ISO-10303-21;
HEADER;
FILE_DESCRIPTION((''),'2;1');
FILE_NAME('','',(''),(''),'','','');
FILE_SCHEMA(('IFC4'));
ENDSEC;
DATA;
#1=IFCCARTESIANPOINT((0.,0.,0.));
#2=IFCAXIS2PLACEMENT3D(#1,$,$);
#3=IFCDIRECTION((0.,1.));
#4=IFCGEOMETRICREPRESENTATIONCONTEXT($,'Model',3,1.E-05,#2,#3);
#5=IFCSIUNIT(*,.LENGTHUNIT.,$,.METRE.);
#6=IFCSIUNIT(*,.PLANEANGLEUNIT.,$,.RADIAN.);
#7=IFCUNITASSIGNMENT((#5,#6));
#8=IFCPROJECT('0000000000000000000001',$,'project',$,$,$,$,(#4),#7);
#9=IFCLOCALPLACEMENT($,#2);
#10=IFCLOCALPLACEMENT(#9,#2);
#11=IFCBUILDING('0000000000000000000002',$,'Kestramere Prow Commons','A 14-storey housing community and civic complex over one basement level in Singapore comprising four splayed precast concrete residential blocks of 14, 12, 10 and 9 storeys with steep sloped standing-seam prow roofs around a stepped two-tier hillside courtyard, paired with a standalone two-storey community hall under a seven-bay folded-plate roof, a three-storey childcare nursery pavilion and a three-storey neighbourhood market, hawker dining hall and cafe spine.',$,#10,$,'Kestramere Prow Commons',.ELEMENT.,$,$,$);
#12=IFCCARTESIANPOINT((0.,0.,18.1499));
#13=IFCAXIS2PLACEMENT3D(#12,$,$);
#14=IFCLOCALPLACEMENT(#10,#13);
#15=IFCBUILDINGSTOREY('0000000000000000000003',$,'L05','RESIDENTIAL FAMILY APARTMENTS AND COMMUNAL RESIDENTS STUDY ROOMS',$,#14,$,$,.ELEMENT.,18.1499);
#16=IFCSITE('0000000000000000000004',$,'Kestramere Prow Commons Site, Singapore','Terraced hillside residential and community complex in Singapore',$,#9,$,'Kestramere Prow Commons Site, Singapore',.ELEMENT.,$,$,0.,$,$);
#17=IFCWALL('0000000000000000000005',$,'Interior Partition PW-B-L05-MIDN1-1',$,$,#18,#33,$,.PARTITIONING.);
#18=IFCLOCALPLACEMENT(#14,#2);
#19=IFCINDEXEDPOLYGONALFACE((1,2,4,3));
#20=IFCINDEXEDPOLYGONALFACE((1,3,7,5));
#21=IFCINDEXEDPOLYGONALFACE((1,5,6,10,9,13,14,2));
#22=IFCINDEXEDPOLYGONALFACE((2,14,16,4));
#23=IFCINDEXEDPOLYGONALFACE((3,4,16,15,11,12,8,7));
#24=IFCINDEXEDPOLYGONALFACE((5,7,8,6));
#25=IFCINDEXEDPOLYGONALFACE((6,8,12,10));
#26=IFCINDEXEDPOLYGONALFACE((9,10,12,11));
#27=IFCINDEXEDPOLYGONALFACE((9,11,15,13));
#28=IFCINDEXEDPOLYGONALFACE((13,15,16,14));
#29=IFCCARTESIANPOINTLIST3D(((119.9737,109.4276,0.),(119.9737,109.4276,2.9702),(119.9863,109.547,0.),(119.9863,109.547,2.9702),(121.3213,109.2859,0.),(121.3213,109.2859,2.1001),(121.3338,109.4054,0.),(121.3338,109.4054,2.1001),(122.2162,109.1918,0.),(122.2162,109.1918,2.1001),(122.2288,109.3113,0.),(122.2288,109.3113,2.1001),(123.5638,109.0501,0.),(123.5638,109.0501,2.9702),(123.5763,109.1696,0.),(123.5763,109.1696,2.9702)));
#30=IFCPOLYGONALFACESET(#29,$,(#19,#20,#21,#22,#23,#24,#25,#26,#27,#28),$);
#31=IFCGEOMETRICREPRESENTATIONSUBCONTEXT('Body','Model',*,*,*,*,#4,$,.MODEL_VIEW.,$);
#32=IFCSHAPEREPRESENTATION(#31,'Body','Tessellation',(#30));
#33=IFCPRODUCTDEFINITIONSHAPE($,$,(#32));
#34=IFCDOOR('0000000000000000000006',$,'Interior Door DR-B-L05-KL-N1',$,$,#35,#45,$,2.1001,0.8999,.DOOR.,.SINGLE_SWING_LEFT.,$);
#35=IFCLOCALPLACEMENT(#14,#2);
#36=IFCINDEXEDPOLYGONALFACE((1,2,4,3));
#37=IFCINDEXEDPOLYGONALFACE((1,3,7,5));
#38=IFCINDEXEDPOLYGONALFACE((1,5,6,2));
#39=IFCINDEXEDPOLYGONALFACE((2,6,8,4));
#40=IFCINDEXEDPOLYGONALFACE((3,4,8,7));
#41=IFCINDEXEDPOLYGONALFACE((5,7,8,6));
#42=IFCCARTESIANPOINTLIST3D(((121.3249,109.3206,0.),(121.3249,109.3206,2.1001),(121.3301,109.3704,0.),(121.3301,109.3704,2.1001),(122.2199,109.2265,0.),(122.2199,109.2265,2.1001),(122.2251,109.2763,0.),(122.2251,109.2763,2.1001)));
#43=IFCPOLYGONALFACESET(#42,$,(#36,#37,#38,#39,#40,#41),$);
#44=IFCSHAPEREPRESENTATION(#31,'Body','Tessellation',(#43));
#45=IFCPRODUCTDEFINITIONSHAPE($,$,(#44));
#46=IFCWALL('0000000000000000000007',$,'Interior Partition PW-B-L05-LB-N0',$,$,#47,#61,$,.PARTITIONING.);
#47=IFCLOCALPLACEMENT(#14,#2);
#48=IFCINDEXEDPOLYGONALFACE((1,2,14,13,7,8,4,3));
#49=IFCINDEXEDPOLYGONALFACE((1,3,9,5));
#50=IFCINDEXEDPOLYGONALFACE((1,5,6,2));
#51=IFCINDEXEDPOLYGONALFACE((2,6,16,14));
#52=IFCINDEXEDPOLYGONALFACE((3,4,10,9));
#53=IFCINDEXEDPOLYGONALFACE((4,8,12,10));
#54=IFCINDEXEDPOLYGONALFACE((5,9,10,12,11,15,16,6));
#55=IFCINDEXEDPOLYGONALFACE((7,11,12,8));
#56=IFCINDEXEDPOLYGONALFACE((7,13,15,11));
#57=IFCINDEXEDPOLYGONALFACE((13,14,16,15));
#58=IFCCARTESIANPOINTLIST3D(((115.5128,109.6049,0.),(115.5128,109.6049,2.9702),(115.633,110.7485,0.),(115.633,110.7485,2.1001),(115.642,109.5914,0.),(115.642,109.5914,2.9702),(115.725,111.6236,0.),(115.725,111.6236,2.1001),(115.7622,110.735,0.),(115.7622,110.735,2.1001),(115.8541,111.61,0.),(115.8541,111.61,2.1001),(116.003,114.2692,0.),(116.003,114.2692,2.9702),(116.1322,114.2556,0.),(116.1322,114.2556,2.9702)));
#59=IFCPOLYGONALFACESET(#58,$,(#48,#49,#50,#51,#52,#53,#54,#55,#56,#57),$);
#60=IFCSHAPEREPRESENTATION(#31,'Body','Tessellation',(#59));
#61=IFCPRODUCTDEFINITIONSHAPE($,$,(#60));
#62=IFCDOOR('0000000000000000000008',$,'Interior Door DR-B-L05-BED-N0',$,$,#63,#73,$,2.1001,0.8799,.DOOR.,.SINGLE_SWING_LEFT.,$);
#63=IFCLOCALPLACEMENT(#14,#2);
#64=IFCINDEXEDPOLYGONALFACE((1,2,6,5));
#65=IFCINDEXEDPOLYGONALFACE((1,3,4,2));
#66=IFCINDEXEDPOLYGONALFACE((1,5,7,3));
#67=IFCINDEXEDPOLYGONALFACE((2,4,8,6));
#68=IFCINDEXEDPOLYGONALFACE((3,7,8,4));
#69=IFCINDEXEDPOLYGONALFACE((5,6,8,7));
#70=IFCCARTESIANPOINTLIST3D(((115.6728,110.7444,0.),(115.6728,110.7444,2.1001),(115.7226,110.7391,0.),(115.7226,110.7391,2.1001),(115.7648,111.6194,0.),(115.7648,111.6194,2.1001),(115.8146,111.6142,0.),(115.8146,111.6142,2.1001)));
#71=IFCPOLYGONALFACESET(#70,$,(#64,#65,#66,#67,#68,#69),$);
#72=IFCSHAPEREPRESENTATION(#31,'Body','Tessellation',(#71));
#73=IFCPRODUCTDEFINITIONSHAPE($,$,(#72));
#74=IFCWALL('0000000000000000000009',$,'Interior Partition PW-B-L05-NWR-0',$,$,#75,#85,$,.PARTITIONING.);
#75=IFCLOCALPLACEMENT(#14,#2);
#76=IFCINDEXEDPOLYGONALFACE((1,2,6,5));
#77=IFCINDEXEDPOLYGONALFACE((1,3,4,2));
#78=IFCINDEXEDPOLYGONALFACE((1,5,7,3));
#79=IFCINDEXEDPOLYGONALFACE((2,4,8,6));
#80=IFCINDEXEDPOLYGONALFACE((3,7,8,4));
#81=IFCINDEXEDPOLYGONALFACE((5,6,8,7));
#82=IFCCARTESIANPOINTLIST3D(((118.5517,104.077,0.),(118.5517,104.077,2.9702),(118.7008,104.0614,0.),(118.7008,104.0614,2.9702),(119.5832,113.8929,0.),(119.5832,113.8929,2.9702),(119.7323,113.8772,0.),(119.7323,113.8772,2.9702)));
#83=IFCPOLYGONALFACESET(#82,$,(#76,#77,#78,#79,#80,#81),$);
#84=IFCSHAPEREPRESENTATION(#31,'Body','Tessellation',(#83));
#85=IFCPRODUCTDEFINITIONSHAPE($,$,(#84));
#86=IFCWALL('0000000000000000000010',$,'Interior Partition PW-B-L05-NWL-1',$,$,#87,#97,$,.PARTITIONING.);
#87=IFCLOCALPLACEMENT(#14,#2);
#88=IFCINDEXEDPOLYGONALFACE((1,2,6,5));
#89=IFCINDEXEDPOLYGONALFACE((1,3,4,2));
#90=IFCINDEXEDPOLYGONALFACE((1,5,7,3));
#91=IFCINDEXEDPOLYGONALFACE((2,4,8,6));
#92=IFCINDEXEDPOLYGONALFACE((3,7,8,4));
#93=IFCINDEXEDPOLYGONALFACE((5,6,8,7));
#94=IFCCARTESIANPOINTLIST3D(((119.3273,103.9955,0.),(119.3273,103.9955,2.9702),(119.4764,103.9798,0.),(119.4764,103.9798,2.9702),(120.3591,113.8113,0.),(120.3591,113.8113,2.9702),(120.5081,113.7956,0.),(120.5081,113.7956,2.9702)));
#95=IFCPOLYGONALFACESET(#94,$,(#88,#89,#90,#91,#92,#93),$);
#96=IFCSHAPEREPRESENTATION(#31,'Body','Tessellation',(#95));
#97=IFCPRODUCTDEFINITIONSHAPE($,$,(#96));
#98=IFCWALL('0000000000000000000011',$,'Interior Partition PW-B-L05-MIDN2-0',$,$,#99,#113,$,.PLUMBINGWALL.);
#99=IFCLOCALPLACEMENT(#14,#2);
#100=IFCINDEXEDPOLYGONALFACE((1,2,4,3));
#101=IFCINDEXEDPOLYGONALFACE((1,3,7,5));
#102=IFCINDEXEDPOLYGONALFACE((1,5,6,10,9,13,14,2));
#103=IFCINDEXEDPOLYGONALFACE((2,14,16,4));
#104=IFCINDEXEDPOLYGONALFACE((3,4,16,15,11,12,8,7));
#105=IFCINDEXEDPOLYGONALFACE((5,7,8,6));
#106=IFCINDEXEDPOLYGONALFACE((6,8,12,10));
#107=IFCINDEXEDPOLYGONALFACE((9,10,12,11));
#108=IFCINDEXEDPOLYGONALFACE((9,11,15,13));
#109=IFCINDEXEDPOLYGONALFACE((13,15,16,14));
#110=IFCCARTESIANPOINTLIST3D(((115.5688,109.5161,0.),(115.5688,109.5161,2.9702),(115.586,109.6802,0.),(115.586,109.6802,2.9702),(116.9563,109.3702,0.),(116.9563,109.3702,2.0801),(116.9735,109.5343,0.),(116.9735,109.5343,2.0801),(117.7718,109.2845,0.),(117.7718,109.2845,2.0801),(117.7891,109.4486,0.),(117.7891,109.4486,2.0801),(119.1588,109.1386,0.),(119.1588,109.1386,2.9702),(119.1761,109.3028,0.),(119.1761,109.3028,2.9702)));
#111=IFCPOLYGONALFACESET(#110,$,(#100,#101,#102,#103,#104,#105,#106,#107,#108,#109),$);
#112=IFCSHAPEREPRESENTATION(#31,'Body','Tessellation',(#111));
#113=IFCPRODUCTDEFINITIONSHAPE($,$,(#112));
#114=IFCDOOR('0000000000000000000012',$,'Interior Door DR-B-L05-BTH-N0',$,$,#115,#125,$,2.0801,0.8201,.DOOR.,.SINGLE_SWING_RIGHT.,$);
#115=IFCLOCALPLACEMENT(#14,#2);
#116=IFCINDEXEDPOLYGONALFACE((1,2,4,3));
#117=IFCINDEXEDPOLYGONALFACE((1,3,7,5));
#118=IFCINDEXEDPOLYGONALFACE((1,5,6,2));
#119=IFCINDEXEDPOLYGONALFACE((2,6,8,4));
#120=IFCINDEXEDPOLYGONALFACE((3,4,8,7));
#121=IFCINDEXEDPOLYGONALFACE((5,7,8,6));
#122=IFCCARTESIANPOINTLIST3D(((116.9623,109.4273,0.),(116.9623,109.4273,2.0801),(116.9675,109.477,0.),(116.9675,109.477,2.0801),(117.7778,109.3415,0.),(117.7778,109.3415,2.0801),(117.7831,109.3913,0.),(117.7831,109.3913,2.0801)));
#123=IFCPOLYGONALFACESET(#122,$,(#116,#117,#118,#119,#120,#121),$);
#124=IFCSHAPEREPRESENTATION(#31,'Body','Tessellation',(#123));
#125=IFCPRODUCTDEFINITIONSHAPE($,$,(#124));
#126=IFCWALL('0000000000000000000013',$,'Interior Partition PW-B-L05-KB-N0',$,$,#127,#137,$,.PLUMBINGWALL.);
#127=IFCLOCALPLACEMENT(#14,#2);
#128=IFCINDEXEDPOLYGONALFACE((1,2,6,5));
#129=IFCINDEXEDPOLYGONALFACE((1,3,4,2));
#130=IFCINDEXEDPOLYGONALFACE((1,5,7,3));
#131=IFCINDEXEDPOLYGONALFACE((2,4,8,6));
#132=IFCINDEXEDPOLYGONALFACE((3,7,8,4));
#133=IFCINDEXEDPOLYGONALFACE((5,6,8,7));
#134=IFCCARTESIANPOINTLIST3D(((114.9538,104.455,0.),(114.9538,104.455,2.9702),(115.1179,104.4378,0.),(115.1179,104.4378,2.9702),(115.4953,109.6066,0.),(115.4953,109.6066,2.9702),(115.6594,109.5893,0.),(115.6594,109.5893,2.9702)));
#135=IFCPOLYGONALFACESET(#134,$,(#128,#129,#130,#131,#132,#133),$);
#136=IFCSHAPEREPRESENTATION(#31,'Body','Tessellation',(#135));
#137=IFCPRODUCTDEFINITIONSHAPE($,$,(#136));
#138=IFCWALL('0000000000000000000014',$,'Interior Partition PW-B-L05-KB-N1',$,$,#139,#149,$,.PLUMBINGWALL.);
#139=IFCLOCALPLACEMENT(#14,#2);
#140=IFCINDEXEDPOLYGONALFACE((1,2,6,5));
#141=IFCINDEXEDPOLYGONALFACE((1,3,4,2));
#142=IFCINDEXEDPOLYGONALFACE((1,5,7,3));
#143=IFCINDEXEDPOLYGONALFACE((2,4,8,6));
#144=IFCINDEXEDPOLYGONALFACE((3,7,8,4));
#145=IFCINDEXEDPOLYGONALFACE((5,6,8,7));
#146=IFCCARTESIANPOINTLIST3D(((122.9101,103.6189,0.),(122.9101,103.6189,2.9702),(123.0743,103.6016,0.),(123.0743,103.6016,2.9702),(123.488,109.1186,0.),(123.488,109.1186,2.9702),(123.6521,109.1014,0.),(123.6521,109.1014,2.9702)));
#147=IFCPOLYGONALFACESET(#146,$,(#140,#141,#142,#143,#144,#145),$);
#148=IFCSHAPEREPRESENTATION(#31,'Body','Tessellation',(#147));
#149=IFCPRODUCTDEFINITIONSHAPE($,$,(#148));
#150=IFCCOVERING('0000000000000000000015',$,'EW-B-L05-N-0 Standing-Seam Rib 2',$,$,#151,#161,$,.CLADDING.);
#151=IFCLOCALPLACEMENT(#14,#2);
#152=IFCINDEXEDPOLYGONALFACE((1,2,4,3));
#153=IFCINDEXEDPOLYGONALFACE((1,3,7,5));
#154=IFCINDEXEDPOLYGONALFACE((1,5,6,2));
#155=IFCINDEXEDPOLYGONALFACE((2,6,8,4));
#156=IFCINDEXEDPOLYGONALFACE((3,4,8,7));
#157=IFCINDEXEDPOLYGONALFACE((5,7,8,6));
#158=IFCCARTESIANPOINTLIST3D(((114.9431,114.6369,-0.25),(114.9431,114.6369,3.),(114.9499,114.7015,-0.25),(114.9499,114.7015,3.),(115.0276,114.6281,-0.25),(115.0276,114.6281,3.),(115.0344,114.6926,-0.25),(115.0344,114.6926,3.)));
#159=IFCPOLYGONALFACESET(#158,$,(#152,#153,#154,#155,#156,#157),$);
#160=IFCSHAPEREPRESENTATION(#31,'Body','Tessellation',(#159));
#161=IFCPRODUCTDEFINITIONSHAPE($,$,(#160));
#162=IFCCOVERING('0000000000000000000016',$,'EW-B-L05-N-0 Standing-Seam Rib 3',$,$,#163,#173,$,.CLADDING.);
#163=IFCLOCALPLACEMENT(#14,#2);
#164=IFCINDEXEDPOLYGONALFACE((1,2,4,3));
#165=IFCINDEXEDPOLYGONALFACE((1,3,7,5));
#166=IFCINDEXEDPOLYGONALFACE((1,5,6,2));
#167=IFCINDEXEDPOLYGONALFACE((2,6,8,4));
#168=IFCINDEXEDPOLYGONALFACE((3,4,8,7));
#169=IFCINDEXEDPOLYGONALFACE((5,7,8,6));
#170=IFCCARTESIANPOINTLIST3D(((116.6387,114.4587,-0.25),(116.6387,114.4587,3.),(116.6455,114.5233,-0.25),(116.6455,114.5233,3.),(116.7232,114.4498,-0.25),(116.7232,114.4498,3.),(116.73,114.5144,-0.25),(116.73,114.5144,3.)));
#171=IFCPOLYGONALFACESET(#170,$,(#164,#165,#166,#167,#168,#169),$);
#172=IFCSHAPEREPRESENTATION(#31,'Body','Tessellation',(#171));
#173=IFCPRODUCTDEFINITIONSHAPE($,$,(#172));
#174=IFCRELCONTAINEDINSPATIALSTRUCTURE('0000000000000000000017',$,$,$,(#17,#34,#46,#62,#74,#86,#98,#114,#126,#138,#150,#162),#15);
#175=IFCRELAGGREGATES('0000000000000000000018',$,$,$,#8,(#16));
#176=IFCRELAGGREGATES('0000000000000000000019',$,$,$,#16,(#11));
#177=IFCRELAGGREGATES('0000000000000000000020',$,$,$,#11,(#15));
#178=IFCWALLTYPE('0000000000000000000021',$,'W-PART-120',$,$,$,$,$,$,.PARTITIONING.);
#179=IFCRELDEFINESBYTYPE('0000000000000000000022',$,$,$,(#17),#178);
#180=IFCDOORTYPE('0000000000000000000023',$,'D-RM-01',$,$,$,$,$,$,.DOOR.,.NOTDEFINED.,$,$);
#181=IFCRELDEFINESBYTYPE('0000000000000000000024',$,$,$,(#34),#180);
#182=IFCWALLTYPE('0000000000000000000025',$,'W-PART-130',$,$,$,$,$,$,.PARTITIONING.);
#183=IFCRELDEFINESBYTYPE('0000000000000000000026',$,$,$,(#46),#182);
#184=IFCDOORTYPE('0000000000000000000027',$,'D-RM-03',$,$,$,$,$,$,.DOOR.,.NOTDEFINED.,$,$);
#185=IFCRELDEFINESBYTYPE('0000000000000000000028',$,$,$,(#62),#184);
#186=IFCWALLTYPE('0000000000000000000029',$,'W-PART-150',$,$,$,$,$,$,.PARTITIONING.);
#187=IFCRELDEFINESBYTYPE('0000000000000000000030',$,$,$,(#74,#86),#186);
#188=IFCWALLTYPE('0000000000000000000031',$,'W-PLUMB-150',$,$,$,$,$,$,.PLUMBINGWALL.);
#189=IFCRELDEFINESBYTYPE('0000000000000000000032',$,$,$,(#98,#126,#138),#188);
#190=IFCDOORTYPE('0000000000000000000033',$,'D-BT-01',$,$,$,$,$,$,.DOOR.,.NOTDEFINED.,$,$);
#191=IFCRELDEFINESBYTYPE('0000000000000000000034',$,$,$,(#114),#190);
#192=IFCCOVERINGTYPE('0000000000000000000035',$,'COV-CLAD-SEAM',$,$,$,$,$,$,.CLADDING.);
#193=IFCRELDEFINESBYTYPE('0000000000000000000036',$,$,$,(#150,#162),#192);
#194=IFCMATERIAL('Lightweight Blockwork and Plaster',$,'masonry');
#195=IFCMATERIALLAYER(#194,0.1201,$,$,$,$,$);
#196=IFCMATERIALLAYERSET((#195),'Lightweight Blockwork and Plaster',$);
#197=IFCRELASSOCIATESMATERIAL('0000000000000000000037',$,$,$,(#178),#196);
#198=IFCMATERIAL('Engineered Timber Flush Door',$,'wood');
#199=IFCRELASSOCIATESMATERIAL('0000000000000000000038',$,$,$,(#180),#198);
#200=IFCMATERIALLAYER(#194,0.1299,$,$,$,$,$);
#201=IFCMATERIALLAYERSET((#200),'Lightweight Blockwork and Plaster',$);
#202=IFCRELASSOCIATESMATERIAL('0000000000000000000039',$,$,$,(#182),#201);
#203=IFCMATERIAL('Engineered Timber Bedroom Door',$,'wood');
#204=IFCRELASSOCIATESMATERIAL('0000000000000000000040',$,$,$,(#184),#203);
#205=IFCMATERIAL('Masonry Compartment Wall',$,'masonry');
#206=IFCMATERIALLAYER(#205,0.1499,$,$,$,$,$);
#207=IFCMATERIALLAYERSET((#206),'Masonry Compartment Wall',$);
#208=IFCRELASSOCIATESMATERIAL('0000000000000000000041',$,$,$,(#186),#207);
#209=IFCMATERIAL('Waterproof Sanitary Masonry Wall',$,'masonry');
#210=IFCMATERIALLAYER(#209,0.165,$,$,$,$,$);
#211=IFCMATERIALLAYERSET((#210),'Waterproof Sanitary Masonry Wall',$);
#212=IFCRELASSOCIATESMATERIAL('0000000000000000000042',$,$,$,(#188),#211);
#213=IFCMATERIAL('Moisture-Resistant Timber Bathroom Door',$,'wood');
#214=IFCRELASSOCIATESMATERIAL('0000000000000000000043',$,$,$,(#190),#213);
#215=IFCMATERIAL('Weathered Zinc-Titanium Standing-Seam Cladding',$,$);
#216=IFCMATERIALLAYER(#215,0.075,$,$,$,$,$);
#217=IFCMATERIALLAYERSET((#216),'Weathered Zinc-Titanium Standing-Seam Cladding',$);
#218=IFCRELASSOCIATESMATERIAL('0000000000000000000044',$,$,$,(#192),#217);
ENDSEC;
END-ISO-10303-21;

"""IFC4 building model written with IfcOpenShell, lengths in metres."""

from ifc_helpers import new_model, si_unit, direction, frame, frame_2d, origin, origin_2d, place, context, subcontext, project, spatial, rectangle, extrude, material, layer, layer_set, type_object, element, fill, save


model = new_model("IFC4")

# Units and contexts
model_context = context("Model", 3, precision=1e-05, world=origin(), true_north=direction((0.0, 1.0)))
body_context = subcontext(model_context, "Body", "Model", "MODEL_VIEW")
ifc_project = project(units=[si_unit("LENGTHUNIT", "METRE"), si_unit("PLANEANGLEUNIT", "RADIAN")], contexts=[model_context])

# Site, building, storey
site_placement = place(None, origin())
site = spatial("IfcSite", under=ifc_project, at=site_placement, Name="Kestramere Prow Commons Site, Singapore", Description="Terraced hillside residential and community complex in Singapore", LongName="Kestramere Prow Commons Site, Singapore", CompositionType="ELEMENT", RefElevation=0.0)
building_placement = place(site_placement, origin())
building = spatial("IfcBuilding", under=site, at=building_placement, Name="Kestramere Prow Commons", Description="A 14-storey housing community and civic complex over one basement level in Singapore comprising four splayed precast concrete residential blocks of 14, 12, 10 and 9 storeys with steep sloped standing-seam prow roofs around a stepped two-tier hillside courtyard, paired with a standalone two-storey community hall under a seven-bay folded-plate roof, a three-storey childcare nursery pavilion and a three-storey neighbourhood market, hawker dining hall and cafe spine.", LongName="Kestramere Prow Commons", CompositionType="ELEMENT")
storey_placement = place(building_placement, frame((0.0, 0.0, 18.1499)))
storey = spatial("IfcBuildingStorey", under=building, at=storey_placement, Name="L05", Description="RESIDENTIAL FAMILY APARTMENTS AND COMMUNAL RESIDENTS STUDY ROOMS", CompositionType="ELEMENT", Elevation=18.1499)

# Walls, openings, doors
ifc_material_1 = material(Name="Lightweight Blockwork and Plaster", Category="masonry")
ifc_layer_1 = layer(ifc_material_1, 0.1201)
ifc_layer_set_1 = layer_set([ifc_layer_1], Name="Lightweight Blockwork and Plaster")
wall_type_1 = type_object("IfcWallType", Name="W-PART-120", PredefinedType="PARTITIONING", material=ifc_layer_set_1)
wall_1_placement = place(storey_placement, frame((119.98, 109.4873, 0.0), z_axis=(0.0, 0.0, 1.0), x_axis=(0.994519, -0.104558, 0.0)))
wall_1 = element("IfcWall", 1, at=wall_1_placement, inside=storey, type_object=wall_type_1, Name="Interior Partition PW-B-L05-MIDN1-1", PredefinedType="PARTITIONING", context=body_context, shape_type="SweptSolid", body=[
    extrude(rectangle(XDim=3.6099, YDim=0.1201, at=frame_2d((1.8049, 0.0))), origin(), (0.0, 0.0, 1.0), 2.9702),
])
opening_1_placement = place(wall_1_placement, frame((1.355, 0.0, 0.0)))
opening_1 = element("IfcOpeningElement", 2, at=opening_1_placement, cuts=wall_1, PredefinedType="OPENING", context=body_context, shape_type="SweptSolid", body=[
    extrude(rectangle(XDim=0.8999, YDim=2.1001, at=frame_2d((0.45, 1.05))), frame((0.0, 0.075, 0.0), z_axis=(0.0, -1.0, 0.0), x_axis=(1.0, 0.0, 0.0)), (0.0, 0.0, 1.0), 0.1501),
])
ifc_material_2 = material(Name="Engineered Timber Flush Door", Category="wood")
door_type_1 = type_object("IfcDoorType", Name="D-RM-01", OperationType="NOTDEFINED", PredefinedType="DOOR", material=ifc_material_2)
door_1_placement = place(opening_1_placement, origin())
door_1 = element("IfcDoor", 3, at=door_1_placement, inside=storey, type_object=door_type_1, Name="Interior Door DR-B-L05-KL-N1", OperationType="SINGLE_SWING_LEFT", OverallHeight=2.1001, OverallWidth=0.8999, PredefinedType="DOOR", context=body_context, shape_type="SweptSolid", body=[
    extrude(rectangle(XDim=0.8999, YDim=2.1001, at=frame_2d((0.45, 1.05))), frame((0.0, 0.0249, 0.0), z_axis=(0.0, -1.0, 0.0), x_axis=(1.0, 0.0, 0.0)), (0.0, 0.0, 1.0), 0.05),
])
fill(opening_1, door_1)
ifc_layer_2 = layer(ifc_material_1, 0.1299)
ifc_layer_set_2 = layer_set([ifc_layer_2], Name="Lightweight Blockwork and Plaster")
wall_type_2 = type_object("IfcWallType", Name="W-PART-130", PredefinedType="PARTITIONING", material=ifc_layer_set_2)
wall_2_placement = place(storey_placement, frame((115.5774, 109.5981, 0.0), z_axis=(0.0, 0.0, 1.0), x_axis=(0.104528, 0.994522, 0.0)))
wall_2 = element("IfcWall", 4, at=wall_2_placement, inside=storey, type_object=wall_type_2, Name="Interior Partition PW-B-L05-LB-N0", PredefinedType="PARTITIONING", context=body_context, shape_type="SweptSolid", body=[
    extrude(rectangle(XDim=4.6899, YDim=0.1299, at=frame_2d((2.345, 0.0))), origin(), (0.0, 0.0, 1.0), 2.9702),
])
opening_2_placement = place(wall_2_placement, frame((1.1499, 0.0, 0.0)))
opening_2 = element("IfcOpeningElement", 5, at=opening_2_placement, cuts=wall_2, PredefinedType="OPENING", context=body_context, shape_type="SweptSolid", body=[
    extrude(rectangle(XDim=0.8799, YDim=2.1001, at=frame_2d((0.4399, 1.05))), frame((0.0, 0.0798, 0.0), z_axis=(0.0, -1.0, 0.0), x_axis=(1.0, 0.0, 0.0)), (0.0, 0.0, 1.0), 0.1599),
])
ifc_material_3 = material(Name="Engineered Timber Bedroom Door", Category="wood")
door_type_2 = type_object("IfcDoorType", Name="D-RM-03", OperationType="NOTDEFINED", PredefinedType="DOOR", material=ifc_material_3)
door_2_placement = place(opening_2_placement, origin())
door_2 = element("IfcDoor", 6, at=door_2_placement, inside=storey, type_object=door_type_2, Name="Interior Door DR-B-L05-BED-N0", OperationType="SINGLE_SWING_LEFT", OverallHeight=2.1001, OverallWidth=0.8799, PredefinedType="DOOR", context=body_context, shape_type="SweptSolid", body=[
    extrude(rectangle(XDim=0.8799, YDim=2.1001, at=frame_2d((0.4399, 1.05))), frame((0.0, 0.0249, 0.0), z_axis=(0.0, -1.0, 0.0), x_axis=(1.0, 0.0, 0.0)), (0.0, 0.0, 1.0), 0.05),
])
fill(opening_2, door_2)

# Walls
ifc_material_4 = material(Name="Masonry Compartment Wall", Category="masonry")
ifc_layer_3 = layer(ifc_material_4, 0.1499)
ifc_layer_set_3 = layer_set([ifc_layer_3], Name="Masonry Compartment Wall")
wall_type_3 = type_object("IfcWallType", Name="W-PART-150", PredefinedType="PARTITIONING", material=ifc_layer_set_3)
for number, where, z_axis, x_axis, name in (
    (7, (118.6262, 104.0691, 0.0), (0.0, 0.0, 1.0), (0.104508, 0.994524, 0.0), "Interior Partition PW-B-L05-NWR-0"),
    (8, (119.4019, 103.9875, 0.0), (0.0, 0.0, 1.0), (0.104533, 0.994521, 0.0), "Interior Partition PW-B-L05-NWL-1"),
):
    element("IfcWall", number, at=place(storey_placement, frame(where, z_axis=z_axis, x_axis=x_axis)), inside=storey, type_object=wall_type_3, Name=name, PredefinedType="PARTITIONING", context=body_context, shape_type="SweptSolid", body=[
        extrude(rectangle(XDim=9.8699, YDim=0.1499, at=frame_2d((4.9351, 0.0))), origin(), (0.0, 0.0, 1.0), 2.9702),
    ])

# Wall, opening, door
ifc_material_5 = material(Name="Waterproof Sanitary Masonry Wall", Category="masonry")
ifc_layer_4 = layer(ifc_material_5, 0.165)
ifc_layer_set_4 = layer_set([ifc_layer_4], Name="Waterproof Sanitary Masonry Wall")
wall_type_4 = type_object("IfcWallType", Name="W-PLUMB-150", PredefinedType="PLUMBINGWALL", material=ifc_layer_set_4)
wall_3_placement = place(storey_placement, frame((115.5774, 109.5981, 0.0), z_axis=(0.0, 0.0, 1.0), x_axis=(0.994519, -0.104558, 0.0)))
wall_3 = element("IfcWall", 9, at=wall_3_placement, inside=storey, type_object=wall_type_4, Name="Interior Partition PW-B-L05-MIDN2-0", PredefinedType="PLUMBINGWALL", context=body_context, shape_type="SweptSolid", body=[
    extrude(rectangle(XDim=3.6099, YDim=0.165, at=frame_2d((1.8049, 0.0))), origin(), (0.0, 0.0, 1.0), 2.9702),
])
opening_3_placement = place(wall_3_placement, frame((1.395, 0.0, 0.0)))
opening_3 = element("IfcOpeningElement", 10, at=opening_3_placement, cuts=wall_3, PredefinedType="OPENING", context=body_context, shape_type="SweptSolid", body=[
    extrude(rectangle(XDim=0.8201, YDim=2.0801, at=frame_2d((0.4102, 1.04))), frame((0.0, 0.0974, 0.0), z_axis=(0.0, -1.0, 0.0), x_axis=(1.0, 0.0, 0.0)), (0.0, 0.0, 1.0), 0.1951),
])
ifc_material_6 = material(Name="Moisture-Resistant Timber Bathroom Door", Category="wood")
door_type_3 = type_object("IfcDoorType", Name="D-BT-01", OperationType="NOTDEFINED", PredefinedType="DOOR", material=ifc_material_6)
door_3_placement = place(opening_3_placement, origin())
door_3 = element("IfcDoor", 11, at=door_3_placement, inside=storey, type_object=door_type_3, Name="Interior Door DR-B-L05-BTH-N0", OperationType="SINGLE_SWING_RIGHT", OverallHeight=2.0801, OverallWidth=0.8201, PredefinedType="DOOR", context=body_context, shape_type="SweptSolid", body=[
    extrude(rectangle(XDim=0.8201, YDim=2.0801, at=frame_2d((0.4102, 1.04))), frame((0.0, 0.0249, 0.0), z_axis=(0.0, -1.0, 0.0), x_axis=(1.0, 0.0, 0.0)), (0.0, 0.0, 1.0), 0.05),
])
fill(opening_3, door_3)

# Walls
wall_4_placement = place(storey_placement, frame((115.0359, 104.4465, 0.0), z_axis=(0.0, 0.0, 1.0), x_axis=(0.104538, 0.994521, 0.0)))
element("IfcWall", 12, at=wall_4_placement, inside=storey, type_object=wall_type_4, Name="Interior Partition PW-B-L05-KB-N0", PredefinedType="PLUMBINGWALL", context=body_context, shape_type="SweptSolid", body=[
    extrude(rectangle(XDim=5.1799, YDim=0.165, at=frame_2d((2.5898, 0.0))), origin(), (0.0, 0.0, 1.0), 2.9702),
])
wall_5_placement = place(storey_placement, frame((122.9922, 103.6101, 0.0), z_axis=(0.0, 0.0, 1.0), x_axis=(0.104499, 0.994525, 0.0)))
element("IfcWall", 13, at=wall_5_placement, inside=storey, type_object=wall_type_4, Name="Interior Partition PW-B-L05-KB-N1", PredefinedType="PLUMBINGWALL", context=body_context, shape_type="SweptSolid", body=[
    extrude(rectangle(XDim=5.53, YDim=0.165, at=frame_2d((2.7651, 0.0))), origin(), (0.0, 0.0, 1.0), 2.9702),
])

# Coverings
ifc_material_7 = material(Name="Weathered Zinc-Titanium Standing-Seam Cladding")
ifc_layer_5 = layer(ifc_material_7, 0.075)
ifc_layer_set_5 = layer_set([ifc_layer_5], Name="Weathered Zinc-Titanium Standing-Seam Cladding")
covering_type = type_object("IfcCoveringType", Name="COV-CLAD-SEAM", PredefinedType="CLADDING", material=ifc_layer_set_5)
for number, where, z_axis, x_axis, name in (
    (14, (114.9888, 114.6648, -0.25), (0.0, 0.0, 1.0), (0.994522, -0.104528, 0.0), "EW-B-L05-N-0 Standing-Seam Rib 2"),
    (15, (116.6843, 114.4866, -0.25), (0.0, 0.0, 1.0), (0.994522, -0.104528, 0.0), "EW-B-L05-N-0 Standing-Seam Rib 3"),
):
    element("IfcCovering", number, at=place(storey_placement, frame(where, z_axis=z_axis, x_axis=x_axis)), inside=storey, type_object=covering_type, Name=name, PredefinedType="CLADDING", context=body_context, shape_type="SweptSolid", body=[
        extrude(rectangle(XDim=0.085, YDim=0.0649, at=origin_2d()), origin(), (0.0, 0.0, 1.0), 3.25),
    ])

save(model, "model.ifc")
